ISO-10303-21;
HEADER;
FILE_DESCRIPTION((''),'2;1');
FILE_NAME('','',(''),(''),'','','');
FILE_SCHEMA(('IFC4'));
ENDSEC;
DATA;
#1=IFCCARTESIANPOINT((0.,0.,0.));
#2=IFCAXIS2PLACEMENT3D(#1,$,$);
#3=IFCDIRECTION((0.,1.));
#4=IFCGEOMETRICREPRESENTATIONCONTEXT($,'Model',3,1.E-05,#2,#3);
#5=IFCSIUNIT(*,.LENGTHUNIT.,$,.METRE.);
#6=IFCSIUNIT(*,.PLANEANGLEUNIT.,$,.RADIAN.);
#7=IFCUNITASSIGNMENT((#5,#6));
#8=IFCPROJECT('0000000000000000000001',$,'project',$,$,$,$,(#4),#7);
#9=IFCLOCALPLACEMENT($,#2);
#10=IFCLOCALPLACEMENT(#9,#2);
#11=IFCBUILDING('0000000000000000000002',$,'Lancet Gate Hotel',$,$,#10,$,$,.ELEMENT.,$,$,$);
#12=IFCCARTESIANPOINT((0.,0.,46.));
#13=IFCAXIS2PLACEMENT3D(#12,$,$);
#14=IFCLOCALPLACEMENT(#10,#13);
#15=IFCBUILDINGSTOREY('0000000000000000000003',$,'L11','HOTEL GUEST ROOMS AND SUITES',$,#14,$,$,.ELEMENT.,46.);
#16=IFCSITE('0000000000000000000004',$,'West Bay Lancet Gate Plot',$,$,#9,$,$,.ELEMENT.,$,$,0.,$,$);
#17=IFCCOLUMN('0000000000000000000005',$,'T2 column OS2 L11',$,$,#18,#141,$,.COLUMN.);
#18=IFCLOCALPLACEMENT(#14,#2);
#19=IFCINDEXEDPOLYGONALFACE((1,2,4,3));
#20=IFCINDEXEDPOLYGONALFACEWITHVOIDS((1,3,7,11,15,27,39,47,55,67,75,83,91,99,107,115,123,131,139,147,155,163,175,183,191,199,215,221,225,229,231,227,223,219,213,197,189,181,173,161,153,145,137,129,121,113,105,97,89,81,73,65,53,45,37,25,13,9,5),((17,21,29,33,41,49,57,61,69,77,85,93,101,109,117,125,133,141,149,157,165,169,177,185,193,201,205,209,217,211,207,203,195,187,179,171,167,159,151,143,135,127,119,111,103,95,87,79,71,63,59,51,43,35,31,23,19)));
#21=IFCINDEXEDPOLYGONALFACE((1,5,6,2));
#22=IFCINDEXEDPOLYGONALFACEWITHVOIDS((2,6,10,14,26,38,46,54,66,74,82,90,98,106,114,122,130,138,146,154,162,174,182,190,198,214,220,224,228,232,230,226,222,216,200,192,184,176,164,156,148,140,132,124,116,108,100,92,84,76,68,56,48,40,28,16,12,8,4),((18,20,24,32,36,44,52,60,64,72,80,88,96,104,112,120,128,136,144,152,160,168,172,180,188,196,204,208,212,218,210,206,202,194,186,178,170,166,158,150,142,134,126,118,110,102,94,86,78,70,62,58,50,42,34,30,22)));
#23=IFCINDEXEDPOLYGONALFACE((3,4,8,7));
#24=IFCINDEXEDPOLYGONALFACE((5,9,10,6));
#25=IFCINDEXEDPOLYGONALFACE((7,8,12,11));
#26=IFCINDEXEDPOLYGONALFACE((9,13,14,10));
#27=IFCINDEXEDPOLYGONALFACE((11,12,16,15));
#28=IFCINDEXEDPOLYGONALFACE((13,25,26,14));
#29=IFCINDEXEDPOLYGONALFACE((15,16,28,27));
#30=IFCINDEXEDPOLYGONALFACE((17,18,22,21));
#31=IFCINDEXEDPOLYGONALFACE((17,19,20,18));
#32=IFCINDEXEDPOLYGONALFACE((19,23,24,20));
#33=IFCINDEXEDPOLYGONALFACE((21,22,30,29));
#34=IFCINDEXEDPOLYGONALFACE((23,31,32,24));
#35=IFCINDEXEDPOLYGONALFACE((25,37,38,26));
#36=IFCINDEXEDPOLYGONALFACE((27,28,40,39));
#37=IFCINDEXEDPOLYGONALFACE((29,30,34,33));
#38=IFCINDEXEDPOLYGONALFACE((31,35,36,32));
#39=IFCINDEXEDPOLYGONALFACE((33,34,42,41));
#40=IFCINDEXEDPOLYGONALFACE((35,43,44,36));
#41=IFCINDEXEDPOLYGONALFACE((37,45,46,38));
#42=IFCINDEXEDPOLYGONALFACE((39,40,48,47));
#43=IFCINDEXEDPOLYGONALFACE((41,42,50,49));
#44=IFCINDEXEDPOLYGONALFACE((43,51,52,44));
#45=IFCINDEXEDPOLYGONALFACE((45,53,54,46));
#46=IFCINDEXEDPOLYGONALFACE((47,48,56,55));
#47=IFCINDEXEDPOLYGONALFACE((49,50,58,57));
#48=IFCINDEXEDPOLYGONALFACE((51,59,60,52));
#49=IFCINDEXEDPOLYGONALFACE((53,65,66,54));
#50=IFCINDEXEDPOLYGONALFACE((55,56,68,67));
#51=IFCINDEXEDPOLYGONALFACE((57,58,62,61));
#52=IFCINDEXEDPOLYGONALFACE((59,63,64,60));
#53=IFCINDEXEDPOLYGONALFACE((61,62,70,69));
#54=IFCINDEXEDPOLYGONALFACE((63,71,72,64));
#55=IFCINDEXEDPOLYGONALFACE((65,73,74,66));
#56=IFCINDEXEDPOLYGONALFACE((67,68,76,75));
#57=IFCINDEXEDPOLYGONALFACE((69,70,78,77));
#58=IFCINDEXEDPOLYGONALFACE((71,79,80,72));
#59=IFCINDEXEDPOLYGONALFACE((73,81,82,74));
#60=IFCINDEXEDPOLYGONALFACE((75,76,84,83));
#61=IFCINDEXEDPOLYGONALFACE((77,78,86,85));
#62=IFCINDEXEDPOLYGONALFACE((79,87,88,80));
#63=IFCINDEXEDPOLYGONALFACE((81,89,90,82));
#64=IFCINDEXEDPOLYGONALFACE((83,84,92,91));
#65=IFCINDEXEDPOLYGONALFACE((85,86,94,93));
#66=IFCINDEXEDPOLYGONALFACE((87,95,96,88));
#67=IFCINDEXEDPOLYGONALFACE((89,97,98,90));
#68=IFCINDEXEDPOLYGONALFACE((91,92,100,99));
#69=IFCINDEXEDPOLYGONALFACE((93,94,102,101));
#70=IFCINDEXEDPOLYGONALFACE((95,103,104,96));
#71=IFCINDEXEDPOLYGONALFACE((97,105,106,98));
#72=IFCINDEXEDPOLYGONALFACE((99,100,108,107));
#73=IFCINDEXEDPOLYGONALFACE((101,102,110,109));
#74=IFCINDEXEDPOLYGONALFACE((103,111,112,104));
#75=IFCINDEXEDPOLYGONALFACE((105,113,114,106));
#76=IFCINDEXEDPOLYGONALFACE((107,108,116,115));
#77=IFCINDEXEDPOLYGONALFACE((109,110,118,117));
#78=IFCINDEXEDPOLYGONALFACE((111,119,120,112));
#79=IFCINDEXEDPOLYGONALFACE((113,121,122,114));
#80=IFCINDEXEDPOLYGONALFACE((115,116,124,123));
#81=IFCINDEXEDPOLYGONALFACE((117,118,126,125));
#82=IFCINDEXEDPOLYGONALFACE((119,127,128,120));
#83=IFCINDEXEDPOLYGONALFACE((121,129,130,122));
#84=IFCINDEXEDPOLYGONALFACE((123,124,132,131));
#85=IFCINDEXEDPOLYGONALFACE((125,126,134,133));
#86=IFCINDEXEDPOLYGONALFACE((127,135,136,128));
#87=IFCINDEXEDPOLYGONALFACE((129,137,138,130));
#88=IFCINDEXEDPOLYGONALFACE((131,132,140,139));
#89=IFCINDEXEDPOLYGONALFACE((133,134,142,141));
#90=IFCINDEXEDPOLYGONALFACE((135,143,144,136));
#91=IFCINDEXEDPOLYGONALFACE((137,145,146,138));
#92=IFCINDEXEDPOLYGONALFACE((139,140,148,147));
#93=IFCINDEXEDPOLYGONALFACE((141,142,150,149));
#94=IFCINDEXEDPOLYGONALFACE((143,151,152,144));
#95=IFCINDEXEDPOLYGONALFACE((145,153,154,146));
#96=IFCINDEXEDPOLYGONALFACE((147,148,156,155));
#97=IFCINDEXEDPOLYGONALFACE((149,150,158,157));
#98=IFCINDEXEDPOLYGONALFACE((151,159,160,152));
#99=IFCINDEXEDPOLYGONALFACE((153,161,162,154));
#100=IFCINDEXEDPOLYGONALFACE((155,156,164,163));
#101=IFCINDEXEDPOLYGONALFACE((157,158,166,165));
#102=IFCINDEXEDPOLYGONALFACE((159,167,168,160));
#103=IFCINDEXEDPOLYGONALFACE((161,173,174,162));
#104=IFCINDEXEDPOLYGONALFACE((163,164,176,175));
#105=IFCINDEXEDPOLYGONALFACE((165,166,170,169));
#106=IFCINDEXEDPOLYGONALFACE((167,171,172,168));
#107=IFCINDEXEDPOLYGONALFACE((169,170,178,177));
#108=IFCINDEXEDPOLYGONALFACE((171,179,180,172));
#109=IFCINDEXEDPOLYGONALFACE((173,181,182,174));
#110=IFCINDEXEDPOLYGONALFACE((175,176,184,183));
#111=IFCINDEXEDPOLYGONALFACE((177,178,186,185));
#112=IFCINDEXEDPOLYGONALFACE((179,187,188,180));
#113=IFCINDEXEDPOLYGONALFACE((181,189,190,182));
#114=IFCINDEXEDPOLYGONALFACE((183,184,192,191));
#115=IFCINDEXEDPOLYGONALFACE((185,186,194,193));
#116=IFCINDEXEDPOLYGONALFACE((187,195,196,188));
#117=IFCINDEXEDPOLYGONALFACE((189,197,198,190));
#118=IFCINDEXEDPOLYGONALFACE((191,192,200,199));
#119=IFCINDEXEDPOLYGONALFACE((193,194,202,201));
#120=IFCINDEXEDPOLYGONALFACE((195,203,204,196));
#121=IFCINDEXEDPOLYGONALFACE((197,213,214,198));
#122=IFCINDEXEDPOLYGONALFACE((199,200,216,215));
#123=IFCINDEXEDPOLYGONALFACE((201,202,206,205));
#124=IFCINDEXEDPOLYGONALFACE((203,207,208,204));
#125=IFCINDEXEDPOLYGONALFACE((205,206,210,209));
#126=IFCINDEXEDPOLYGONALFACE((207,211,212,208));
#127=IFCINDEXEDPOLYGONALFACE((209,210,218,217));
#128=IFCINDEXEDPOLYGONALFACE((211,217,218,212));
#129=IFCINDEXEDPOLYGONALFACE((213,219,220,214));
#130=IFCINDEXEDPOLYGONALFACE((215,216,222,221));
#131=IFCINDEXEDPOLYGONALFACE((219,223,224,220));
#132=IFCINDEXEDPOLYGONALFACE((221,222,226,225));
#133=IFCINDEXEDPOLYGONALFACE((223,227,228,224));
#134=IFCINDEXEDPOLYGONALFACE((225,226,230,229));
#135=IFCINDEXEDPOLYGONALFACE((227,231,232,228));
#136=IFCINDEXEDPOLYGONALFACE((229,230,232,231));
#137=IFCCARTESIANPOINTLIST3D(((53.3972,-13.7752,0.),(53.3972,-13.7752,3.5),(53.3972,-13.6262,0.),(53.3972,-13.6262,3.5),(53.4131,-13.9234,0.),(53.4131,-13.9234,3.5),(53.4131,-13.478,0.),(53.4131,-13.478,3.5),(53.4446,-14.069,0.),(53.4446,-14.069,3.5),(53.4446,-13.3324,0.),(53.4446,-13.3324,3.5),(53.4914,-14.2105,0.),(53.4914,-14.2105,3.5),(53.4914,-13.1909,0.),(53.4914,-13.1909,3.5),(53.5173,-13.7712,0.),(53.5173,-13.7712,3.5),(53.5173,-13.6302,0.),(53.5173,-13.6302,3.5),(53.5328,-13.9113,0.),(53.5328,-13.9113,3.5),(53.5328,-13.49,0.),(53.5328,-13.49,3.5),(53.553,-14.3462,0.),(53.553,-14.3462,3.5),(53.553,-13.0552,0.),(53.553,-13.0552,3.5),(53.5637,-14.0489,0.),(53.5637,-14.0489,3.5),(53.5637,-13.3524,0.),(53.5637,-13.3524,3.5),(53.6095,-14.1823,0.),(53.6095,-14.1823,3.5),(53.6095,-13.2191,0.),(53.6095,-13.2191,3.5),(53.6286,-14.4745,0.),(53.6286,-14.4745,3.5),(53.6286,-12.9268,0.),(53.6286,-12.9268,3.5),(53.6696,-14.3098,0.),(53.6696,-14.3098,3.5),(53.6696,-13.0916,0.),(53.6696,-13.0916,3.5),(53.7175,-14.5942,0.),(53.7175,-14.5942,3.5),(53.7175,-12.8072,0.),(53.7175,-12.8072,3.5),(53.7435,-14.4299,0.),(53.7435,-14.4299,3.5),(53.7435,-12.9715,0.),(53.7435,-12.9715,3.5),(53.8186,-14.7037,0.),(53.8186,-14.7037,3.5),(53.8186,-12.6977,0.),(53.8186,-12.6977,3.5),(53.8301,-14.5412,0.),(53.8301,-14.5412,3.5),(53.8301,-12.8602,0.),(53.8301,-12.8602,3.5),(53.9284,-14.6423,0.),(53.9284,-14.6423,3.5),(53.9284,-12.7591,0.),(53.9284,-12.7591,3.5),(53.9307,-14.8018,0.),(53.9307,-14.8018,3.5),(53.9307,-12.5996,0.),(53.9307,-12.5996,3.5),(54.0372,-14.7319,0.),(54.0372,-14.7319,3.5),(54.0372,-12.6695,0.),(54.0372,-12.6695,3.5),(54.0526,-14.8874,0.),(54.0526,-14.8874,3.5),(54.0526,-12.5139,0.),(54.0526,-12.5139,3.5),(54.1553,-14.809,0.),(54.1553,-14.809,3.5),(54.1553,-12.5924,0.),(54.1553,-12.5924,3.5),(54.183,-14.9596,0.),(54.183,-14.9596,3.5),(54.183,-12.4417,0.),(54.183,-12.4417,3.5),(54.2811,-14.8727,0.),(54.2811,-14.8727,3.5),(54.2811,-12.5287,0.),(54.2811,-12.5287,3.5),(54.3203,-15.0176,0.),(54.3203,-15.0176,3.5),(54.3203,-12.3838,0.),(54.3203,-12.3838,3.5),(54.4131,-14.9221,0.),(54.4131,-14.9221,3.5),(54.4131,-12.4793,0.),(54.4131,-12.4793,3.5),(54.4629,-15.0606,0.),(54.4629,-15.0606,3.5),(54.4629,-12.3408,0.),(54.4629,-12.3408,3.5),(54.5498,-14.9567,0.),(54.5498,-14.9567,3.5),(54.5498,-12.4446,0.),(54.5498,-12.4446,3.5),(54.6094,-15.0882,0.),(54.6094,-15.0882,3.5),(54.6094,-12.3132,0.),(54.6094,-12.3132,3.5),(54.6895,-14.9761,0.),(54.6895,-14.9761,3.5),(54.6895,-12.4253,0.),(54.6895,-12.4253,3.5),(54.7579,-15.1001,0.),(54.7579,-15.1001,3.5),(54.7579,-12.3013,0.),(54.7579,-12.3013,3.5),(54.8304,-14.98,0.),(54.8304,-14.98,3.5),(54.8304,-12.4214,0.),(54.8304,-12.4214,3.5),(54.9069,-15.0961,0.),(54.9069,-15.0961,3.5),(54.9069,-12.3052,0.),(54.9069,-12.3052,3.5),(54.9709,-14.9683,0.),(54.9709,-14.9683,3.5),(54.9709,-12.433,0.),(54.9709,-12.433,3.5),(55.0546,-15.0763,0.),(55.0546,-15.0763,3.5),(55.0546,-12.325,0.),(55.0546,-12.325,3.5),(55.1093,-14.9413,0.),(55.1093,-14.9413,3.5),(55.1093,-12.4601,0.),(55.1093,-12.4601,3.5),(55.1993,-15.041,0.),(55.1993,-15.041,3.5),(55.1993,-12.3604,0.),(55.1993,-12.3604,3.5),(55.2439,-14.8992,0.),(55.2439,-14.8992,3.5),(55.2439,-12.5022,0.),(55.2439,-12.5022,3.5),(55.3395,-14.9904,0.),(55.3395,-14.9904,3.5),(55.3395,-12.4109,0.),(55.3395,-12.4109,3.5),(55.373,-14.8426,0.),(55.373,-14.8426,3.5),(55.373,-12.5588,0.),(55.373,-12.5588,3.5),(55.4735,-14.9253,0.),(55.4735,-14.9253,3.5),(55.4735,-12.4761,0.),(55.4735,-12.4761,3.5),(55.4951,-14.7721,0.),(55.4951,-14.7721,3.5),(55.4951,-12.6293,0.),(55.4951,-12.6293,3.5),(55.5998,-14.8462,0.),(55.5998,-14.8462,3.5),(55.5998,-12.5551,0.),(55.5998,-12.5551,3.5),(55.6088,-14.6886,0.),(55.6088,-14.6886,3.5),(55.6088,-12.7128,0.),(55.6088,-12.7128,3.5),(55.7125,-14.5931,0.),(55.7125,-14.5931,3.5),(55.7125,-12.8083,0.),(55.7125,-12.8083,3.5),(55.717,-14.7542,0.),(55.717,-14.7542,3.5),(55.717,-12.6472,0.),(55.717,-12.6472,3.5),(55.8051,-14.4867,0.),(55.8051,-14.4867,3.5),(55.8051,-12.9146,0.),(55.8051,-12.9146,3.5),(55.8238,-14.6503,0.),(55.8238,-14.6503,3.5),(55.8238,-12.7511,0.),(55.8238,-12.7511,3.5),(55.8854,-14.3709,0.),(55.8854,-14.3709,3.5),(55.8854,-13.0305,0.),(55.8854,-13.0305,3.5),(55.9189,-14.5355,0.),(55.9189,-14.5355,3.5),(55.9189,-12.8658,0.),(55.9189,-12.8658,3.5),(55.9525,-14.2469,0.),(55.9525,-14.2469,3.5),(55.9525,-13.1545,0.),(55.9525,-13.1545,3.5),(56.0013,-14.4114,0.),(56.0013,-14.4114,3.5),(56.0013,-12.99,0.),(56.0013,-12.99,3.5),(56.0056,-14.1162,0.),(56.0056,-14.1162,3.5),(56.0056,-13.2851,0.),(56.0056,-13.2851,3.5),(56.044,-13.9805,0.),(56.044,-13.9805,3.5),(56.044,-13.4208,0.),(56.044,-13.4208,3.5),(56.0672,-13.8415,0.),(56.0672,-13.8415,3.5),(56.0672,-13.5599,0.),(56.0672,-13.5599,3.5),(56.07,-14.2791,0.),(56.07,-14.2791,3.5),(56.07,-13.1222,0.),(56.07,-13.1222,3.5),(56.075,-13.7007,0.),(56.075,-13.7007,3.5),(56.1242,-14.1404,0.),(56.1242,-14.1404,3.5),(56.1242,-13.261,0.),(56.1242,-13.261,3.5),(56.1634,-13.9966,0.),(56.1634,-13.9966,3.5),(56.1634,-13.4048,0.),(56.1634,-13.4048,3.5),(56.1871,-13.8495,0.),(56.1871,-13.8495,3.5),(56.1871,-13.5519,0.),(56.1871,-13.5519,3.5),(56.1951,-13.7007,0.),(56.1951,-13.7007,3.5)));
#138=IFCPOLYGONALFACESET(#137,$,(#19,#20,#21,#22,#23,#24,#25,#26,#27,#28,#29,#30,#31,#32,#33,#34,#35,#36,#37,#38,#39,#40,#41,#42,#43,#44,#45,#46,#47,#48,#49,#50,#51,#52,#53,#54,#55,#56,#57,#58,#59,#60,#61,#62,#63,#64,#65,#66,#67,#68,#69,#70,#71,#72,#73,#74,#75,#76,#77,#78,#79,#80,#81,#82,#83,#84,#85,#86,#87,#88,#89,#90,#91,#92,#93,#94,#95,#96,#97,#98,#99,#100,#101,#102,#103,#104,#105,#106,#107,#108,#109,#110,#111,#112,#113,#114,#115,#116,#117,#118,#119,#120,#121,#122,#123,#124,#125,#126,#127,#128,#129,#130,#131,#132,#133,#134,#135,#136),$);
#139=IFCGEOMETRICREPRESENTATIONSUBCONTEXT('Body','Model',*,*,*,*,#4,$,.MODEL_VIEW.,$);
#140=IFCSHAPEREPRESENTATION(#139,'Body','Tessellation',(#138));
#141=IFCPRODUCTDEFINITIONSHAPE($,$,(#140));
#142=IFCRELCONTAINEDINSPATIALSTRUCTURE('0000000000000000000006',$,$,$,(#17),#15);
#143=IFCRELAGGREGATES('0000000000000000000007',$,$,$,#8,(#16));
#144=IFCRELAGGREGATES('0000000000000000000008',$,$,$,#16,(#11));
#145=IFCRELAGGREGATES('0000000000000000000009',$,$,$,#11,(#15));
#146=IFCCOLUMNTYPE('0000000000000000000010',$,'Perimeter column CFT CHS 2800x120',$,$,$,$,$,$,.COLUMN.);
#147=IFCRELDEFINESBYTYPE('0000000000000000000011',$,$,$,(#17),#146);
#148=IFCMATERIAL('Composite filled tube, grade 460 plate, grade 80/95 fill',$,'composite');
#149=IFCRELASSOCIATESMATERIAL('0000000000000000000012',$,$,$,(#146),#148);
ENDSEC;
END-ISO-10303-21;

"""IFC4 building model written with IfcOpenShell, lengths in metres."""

from ifc_helpers import new_model, si_unit, direction, frame, origin, origin_2d, place, context, subcontext, project, spatial, hollow_circle, extrude, material, material_profile, profile_set, type_object, element, save


model = new_model("IFC4")

# Units and contexts
model_context = context("Model", 3, precision=1e-05, world=origin(), true_north=direction((0.0, 1.0)))
body_context = subcontext(model_context, "Body", "Model", "MODEL_VIEW")
ifc_project = project(units=[si_unit("LENGTHUNIT", "METRE"), si_unit("PLANEANGLEUNIT", "RADIAN")], contexts=[model_context])

# Site, building, storey
site_placement = place(None, origin())
site = spatial("IfcSite", under=ifc_project, at=site_placement, Name="West Bay Lancet Gate Plot", CompositionType="ELEMENT", RefElevation=0.0)
building_placement = place(site_placement, origin())
building = spatial("IfcBuilding", under=site, at=building_placement, Name="Lancet Gate Hotel", CompositionType="ELEMENT")
storey_placement = place(building_placement, frame((0.0, 0.0, 46.0)))
storey = spatial("IfcBuildingStorey", under=building, at=storey_placement, Name="L11", Description="HOTEL GUEST ROOMS AND SUITES", CompositionType="ELEMENT", Elevation=46.0)

# Column
ifc_material_1 = material(Name="Composite filled tube, grade 460 plate, grade 80/95 fill", Category="composite")
ifc_material_profile_1 = material_profile(ifc_material_1, hollow_circle(Radius=1.3999, WallThickness=0.1201, at=origin_2d()), Name="CHS 2800x120")
ifc_profile_set_1 = profile_set([ifc_material_profile_1], Name="Composite filled tube, grade 460 plate, grade 80/95 fill")
column_type = type_object("IfcColumnType", Name="Perimeter column CFT CHS 2800x120", PredefinedType="COLUMN", material=ifc_profile_set_1)
for number, where, z_axis, x_axis, name in (
    (1, (54.7952, -13.7007, 0.0), (0.0, 0.0, 1.0), (1.0, 0.0, 0.0), "T2 column OS2 L11"),
):
    element("IfcColumn", number, at=place(storey_placement, frame(where, z_axis=z_axis, x_axis=x_axis)), inside=storey, type_object=column_type, Name=name, PredefinedType="COLUMN", context=body_context, shape_type="SweptSolid", body=[
        extrude(hollow_circle(Radius=1.3999, WallThickness=0.1201, at=origin_2d()), origin(), (0.0, 0.0, 1.0), 3.5),
    ])

save(model, "model.ifc")
